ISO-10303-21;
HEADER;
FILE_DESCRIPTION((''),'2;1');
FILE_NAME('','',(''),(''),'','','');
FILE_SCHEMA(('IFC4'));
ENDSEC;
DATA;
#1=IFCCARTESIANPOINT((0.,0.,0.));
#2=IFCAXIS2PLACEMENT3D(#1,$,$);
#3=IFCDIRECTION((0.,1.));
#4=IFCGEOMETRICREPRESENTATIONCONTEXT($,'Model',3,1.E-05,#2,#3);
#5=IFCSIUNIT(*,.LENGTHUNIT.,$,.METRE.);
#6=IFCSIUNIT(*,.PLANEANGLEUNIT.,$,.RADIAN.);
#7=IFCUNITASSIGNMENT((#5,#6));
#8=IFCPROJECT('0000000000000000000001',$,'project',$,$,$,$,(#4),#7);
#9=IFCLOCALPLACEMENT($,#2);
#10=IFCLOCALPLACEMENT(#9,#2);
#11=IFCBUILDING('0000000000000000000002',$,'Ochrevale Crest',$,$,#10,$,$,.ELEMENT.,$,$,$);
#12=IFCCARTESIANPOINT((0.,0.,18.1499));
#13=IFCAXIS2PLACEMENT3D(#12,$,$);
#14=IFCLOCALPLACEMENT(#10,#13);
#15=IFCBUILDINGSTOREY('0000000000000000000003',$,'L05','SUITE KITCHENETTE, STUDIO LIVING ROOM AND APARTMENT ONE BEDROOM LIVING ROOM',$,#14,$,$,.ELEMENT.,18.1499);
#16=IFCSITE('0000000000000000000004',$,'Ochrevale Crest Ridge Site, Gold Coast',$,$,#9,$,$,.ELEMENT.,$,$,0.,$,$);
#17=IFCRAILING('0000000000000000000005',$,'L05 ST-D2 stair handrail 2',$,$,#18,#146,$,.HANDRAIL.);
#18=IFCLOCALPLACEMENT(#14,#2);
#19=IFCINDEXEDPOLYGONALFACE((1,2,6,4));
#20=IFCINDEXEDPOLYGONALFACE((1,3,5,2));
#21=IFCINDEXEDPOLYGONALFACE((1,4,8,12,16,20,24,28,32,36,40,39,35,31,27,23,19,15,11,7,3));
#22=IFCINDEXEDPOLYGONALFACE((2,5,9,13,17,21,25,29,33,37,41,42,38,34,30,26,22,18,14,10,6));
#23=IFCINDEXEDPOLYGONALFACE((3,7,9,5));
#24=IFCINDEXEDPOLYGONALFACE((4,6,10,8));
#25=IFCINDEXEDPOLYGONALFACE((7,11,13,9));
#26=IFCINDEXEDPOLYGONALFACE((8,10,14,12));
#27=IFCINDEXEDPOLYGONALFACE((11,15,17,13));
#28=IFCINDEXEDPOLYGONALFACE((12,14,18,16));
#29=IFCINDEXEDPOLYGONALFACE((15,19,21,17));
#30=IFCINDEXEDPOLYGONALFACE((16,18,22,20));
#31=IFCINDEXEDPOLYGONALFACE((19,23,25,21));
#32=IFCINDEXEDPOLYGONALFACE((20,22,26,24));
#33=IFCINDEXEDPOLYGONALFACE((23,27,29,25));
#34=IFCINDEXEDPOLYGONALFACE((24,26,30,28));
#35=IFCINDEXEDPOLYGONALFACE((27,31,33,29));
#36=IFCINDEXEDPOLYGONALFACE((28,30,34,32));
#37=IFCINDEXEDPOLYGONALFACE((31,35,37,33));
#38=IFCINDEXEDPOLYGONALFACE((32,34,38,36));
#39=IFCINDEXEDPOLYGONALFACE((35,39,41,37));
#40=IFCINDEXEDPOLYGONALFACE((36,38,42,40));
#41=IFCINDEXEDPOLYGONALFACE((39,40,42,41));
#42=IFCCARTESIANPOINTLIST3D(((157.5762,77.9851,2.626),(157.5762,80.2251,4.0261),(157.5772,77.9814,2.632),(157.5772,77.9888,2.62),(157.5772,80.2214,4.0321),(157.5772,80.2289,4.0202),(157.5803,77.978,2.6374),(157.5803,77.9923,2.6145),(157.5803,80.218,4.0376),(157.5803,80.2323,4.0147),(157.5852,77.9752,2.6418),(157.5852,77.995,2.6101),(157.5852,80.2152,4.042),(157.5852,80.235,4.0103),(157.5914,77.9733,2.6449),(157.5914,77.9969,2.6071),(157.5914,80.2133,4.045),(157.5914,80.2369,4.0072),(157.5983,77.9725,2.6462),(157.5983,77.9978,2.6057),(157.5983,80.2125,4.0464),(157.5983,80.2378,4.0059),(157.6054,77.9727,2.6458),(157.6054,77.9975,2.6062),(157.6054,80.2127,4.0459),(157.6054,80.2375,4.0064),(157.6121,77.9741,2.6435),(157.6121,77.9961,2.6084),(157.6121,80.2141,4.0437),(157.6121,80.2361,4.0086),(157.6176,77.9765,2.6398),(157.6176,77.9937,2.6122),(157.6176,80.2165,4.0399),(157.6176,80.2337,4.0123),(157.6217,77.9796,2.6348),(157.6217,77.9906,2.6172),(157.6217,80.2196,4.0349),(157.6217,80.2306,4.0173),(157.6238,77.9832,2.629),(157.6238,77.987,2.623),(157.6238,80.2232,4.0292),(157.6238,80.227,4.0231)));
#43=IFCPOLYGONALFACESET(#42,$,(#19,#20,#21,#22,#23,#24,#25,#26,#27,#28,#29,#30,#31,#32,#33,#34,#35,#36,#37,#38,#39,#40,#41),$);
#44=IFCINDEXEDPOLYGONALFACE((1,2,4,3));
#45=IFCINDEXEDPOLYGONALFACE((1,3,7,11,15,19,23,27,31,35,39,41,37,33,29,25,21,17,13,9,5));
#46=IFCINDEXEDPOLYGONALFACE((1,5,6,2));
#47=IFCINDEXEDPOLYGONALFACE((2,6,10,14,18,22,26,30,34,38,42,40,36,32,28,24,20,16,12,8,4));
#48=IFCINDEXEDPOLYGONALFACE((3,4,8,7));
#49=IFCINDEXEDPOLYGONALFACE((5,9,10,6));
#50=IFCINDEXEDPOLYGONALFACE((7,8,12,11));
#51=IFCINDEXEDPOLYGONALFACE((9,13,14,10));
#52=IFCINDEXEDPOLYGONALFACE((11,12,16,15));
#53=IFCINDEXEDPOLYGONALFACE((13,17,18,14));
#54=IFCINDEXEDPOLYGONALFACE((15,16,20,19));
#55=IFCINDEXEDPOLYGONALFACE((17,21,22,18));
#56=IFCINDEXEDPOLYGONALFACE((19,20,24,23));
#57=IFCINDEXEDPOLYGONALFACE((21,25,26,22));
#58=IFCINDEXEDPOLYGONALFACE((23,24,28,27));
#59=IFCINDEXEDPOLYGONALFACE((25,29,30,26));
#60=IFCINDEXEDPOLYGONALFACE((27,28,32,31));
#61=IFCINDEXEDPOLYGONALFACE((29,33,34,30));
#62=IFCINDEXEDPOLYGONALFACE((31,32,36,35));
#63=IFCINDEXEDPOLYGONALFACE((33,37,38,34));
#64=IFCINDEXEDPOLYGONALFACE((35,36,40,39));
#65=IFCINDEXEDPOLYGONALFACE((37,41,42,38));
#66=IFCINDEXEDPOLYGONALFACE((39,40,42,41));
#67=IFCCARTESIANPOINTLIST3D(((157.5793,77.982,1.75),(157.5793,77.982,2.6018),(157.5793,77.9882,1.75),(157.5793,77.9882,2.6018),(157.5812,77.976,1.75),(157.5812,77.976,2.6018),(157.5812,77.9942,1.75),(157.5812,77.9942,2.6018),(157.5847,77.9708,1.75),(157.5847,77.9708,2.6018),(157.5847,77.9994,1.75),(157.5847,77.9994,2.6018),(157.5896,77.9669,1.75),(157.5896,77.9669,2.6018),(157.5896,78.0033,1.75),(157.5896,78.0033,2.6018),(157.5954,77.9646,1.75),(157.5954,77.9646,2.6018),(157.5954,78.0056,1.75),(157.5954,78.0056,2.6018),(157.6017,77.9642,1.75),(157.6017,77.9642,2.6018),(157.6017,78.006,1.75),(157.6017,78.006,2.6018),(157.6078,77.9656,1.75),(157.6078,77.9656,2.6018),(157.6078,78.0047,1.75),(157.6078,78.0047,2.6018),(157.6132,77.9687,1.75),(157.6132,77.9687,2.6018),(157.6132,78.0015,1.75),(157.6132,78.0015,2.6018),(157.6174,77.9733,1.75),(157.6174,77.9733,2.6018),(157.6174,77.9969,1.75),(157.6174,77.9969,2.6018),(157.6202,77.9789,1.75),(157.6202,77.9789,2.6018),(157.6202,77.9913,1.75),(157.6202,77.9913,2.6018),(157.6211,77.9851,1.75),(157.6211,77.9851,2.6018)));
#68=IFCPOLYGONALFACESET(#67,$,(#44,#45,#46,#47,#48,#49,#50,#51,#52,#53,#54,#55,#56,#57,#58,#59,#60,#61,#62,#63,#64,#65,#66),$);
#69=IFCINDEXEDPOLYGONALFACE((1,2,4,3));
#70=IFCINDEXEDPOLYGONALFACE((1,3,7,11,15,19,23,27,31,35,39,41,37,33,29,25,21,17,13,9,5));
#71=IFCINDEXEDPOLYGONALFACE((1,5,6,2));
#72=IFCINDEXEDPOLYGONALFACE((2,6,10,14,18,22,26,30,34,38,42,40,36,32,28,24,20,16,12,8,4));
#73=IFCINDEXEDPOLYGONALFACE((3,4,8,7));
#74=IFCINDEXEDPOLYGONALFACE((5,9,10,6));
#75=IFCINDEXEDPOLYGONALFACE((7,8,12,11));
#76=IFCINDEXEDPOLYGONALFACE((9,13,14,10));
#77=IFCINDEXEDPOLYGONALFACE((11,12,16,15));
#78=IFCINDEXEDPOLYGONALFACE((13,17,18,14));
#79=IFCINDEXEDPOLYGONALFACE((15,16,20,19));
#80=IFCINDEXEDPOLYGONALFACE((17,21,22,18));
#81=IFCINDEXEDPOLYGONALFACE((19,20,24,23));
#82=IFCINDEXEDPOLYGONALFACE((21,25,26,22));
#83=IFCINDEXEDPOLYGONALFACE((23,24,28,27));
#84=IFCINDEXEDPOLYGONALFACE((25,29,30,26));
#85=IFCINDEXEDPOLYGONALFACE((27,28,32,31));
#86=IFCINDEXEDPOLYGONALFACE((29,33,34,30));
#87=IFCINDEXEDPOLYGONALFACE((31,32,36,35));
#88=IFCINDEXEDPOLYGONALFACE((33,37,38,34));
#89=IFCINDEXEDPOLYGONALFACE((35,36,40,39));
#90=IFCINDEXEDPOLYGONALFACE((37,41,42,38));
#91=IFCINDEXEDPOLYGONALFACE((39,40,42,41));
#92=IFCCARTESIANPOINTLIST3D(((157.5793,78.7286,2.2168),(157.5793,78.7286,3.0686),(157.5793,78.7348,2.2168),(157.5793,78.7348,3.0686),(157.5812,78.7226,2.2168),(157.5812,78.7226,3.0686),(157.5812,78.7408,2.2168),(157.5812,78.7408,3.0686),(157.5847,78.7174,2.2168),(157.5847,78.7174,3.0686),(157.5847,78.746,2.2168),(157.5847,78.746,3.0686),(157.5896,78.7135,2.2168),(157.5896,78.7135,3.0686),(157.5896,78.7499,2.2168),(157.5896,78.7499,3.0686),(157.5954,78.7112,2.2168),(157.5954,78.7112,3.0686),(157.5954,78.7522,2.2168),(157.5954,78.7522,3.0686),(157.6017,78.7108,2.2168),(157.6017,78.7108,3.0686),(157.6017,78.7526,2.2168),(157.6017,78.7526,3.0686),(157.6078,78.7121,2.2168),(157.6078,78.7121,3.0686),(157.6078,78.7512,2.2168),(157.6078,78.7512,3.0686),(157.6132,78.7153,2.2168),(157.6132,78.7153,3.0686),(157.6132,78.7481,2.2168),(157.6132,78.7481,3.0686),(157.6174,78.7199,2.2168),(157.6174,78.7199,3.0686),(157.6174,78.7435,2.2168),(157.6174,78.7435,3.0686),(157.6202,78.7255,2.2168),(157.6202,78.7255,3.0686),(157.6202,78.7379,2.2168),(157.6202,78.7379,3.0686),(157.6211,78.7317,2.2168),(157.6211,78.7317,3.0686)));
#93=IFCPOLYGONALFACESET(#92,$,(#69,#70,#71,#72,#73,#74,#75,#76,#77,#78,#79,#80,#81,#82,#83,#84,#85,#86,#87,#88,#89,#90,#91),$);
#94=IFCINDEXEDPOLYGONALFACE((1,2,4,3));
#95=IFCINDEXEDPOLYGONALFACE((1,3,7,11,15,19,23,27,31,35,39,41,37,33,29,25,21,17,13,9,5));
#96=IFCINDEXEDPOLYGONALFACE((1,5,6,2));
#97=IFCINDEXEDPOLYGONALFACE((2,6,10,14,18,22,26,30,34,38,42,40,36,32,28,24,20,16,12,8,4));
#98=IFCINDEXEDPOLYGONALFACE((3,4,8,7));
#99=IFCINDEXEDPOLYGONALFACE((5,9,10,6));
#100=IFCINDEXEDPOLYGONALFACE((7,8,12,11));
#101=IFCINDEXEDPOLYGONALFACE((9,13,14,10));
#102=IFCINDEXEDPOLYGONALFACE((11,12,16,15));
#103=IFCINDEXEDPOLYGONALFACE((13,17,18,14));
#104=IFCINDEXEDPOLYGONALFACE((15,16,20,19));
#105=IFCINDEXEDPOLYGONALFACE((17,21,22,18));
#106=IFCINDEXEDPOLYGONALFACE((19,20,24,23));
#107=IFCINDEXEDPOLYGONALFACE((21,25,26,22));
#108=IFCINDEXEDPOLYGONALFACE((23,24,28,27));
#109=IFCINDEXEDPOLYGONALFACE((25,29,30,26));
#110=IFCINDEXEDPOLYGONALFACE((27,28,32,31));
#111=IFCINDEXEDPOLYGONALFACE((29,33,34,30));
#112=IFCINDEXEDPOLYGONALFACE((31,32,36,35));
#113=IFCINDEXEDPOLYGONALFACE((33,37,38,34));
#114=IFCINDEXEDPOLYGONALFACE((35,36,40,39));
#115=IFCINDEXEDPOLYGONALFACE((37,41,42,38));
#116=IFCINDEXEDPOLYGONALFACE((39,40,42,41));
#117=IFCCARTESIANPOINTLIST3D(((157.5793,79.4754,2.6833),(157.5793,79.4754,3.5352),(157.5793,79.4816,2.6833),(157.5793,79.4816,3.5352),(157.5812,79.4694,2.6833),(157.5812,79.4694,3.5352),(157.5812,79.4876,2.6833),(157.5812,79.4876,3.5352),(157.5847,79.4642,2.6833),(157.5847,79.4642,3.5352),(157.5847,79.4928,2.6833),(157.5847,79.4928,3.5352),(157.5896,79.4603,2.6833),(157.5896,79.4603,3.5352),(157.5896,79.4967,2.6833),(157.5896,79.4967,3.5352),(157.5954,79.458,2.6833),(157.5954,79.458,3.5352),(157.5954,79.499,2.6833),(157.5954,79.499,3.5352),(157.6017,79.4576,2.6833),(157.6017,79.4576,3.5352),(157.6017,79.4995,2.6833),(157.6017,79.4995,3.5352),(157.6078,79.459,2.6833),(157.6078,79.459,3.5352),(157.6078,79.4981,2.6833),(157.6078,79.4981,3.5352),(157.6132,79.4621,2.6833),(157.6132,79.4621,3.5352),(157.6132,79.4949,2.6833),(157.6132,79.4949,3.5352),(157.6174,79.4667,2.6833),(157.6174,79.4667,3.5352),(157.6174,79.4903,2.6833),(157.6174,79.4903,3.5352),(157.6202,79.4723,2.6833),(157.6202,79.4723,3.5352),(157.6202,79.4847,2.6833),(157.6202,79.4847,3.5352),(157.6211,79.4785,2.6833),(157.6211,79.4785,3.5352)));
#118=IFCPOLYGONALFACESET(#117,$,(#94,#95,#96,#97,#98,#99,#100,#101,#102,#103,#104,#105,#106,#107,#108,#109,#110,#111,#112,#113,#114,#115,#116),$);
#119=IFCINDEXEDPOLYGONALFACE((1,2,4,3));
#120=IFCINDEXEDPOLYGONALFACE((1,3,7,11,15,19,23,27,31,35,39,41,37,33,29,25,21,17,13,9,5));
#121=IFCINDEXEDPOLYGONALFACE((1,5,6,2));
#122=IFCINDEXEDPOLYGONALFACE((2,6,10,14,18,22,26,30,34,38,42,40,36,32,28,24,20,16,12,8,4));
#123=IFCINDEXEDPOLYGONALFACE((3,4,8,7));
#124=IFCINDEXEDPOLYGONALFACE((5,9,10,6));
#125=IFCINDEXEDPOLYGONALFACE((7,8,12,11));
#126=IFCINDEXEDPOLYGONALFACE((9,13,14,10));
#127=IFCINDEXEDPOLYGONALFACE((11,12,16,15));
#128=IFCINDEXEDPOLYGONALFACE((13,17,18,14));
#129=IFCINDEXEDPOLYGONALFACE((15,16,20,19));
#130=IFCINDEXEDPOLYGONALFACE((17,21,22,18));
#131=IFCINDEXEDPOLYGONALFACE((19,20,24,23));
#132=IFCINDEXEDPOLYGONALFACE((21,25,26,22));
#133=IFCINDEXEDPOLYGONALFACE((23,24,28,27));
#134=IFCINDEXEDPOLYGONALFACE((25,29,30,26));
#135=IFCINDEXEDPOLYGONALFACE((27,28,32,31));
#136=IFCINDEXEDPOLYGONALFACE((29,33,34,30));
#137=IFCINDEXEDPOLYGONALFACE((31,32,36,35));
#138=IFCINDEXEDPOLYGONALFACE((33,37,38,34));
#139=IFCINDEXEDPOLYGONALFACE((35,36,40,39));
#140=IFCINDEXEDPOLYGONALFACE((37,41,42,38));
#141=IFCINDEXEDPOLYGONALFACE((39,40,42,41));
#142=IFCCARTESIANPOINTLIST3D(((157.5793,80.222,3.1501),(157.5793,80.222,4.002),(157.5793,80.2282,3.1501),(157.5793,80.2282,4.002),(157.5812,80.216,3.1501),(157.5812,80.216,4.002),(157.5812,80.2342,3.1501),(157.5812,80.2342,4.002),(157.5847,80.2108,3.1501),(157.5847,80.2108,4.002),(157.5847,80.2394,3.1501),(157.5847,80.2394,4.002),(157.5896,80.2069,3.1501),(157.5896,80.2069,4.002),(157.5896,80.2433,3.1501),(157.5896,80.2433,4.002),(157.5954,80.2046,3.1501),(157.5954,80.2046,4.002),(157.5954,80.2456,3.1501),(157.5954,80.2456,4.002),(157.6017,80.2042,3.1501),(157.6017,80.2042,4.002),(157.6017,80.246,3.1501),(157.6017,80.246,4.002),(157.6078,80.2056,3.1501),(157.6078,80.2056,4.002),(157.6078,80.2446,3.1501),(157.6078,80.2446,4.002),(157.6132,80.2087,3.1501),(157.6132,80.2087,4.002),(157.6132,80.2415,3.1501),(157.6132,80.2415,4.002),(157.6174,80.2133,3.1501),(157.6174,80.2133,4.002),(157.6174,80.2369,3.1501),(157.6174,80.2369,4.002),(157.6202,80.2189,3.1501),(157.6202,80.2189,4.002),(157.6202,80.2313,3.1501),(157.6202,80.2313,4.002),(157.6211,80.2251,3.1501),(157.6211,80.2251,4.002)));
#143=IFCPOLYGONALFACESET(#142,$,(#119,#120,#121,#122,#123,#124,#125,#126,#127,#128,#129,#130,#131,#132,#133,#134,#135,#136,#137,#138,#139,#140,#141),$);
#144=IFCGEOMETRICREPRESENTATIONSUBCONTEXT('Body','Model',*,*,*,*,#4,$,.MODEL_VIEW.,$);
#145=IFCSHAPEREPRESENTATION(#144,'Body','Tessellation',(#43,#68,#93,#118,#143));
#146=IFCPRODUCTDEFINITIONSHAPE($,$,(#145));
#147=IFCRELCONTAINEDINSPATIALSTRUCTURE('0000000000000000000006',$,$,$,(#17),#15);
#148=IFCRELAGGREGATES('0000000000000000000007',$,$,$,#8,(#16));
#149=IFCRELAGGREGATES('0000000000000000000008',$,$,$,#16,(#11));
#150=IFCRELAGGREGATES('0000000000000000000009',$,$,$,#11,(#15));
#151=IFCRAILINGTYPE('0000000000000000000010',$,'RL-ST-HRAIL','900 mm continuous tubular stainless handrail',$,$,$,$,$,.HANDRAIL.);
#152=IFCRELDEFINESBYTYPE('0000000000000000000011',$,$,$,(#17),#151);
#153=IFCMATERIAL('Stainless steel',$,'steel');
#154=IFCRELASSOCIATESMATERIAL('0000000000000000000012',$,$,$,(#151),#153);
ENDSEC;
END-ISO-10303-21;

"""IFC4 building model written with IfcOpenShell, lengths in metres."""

from ifc_helpers import new_model, si_unit, direction, frame, origin, origin_2d, place, context, subcontext, project, spatial, circle, extrude, material, type_object, element, save


model = new_model("IFC4")

# Units and contexts
model_context = context("Model", 3, precision=1e-05, world=origin(), true_north=direction((0.0, 1.0)))
body_context = subcontext(model_context, "Body", "Model", "MODEL_VIEW")
ifc_project = project(units=[si_unit("LENGTHUNIT", "METRE"), si_unit("PLANEANGLEUNIT", "RADIAN")], contexts=[model_context])

# Site, building, storey
site_placement = place(None, origin())
site = spatial("IfcSite", under=ifc_project, at=site_placement, Name="Ochrevale Crest Ridge Site, Gold Coast", CompositionType="ELEMENT", RefElevation=0.0)
building_placement = place(site_placement, origin())
building = spatial("IfcBuilding", under=site, at=building_placement, Name="Ochrevale Crest", CompositionType="ELEMENT")
storey_placement = place(building_placement, frame((0.0, 0.0, 18.1499)))
storey = spatial("IfcBuildingStorey", under=building, at=storey_placement, Name="L05", Description="SUITE KITCHENETTE, STUDIO LIVING ROOM AND APARTMENT ONE BEDROOM LIVING ROOM", CompositionType="ELEMENT", Elevation=18.1499)

# Railing
ifc_material_1 = material(Name="Stainless steel", Category="steel")
railing_type_1 = type_object("IfcRailingType", Name="RL-ST-HRAIL", Description="900 mm continuous tubular stainless handrail", PredefinedType="HANDRAIL", material=ifc_material_1)
railing_1_placement = place(storey_placement, frame((157.6001, 77.9851, 1.75)))
element("IfcRailing", 1, at=railing_1_placement, inside=storey, type_object=railing_type_1, Name="L05 ST-D2 stair handrail 2", PredefinedType="HANDRAIL", context=body_context, shape_type="SweptSolid", body=[
    extrude(circle(Radius=0.0239, at=origin_2d()), frame((0.0, 0.0, 0.876), z_axis=(0.0, 0.847972, 0.53004), x_axis=(-1.0, 0.0, 0.0)), (0.0, 0.0, 1.0), 2.6416),
    extrude(circle(Radius=0.021, at=origin_2d()), origin(), (0.0, 0.0, 1.0), 0.8518),
    extrude(circle(Radius=0.021, at=origin_2d()), frame((0.0, 0.7466, 0.4668)), (0.0, 0.0, 1.0), 0.8518),
    extrude(circle(Radius=0.021, at=origin_2d()), frame((0.0, 1.4934, 0.9333)), (0.0, 0.0, 1.0), 0.8518),
    extrude(circle(Radius=0.021, at=origin_2d()), frame((0.0, 2.24, 1.4001)), (0.0, 0.0, 1.0), 0.8518),
])

save(model, "model.ifc")
